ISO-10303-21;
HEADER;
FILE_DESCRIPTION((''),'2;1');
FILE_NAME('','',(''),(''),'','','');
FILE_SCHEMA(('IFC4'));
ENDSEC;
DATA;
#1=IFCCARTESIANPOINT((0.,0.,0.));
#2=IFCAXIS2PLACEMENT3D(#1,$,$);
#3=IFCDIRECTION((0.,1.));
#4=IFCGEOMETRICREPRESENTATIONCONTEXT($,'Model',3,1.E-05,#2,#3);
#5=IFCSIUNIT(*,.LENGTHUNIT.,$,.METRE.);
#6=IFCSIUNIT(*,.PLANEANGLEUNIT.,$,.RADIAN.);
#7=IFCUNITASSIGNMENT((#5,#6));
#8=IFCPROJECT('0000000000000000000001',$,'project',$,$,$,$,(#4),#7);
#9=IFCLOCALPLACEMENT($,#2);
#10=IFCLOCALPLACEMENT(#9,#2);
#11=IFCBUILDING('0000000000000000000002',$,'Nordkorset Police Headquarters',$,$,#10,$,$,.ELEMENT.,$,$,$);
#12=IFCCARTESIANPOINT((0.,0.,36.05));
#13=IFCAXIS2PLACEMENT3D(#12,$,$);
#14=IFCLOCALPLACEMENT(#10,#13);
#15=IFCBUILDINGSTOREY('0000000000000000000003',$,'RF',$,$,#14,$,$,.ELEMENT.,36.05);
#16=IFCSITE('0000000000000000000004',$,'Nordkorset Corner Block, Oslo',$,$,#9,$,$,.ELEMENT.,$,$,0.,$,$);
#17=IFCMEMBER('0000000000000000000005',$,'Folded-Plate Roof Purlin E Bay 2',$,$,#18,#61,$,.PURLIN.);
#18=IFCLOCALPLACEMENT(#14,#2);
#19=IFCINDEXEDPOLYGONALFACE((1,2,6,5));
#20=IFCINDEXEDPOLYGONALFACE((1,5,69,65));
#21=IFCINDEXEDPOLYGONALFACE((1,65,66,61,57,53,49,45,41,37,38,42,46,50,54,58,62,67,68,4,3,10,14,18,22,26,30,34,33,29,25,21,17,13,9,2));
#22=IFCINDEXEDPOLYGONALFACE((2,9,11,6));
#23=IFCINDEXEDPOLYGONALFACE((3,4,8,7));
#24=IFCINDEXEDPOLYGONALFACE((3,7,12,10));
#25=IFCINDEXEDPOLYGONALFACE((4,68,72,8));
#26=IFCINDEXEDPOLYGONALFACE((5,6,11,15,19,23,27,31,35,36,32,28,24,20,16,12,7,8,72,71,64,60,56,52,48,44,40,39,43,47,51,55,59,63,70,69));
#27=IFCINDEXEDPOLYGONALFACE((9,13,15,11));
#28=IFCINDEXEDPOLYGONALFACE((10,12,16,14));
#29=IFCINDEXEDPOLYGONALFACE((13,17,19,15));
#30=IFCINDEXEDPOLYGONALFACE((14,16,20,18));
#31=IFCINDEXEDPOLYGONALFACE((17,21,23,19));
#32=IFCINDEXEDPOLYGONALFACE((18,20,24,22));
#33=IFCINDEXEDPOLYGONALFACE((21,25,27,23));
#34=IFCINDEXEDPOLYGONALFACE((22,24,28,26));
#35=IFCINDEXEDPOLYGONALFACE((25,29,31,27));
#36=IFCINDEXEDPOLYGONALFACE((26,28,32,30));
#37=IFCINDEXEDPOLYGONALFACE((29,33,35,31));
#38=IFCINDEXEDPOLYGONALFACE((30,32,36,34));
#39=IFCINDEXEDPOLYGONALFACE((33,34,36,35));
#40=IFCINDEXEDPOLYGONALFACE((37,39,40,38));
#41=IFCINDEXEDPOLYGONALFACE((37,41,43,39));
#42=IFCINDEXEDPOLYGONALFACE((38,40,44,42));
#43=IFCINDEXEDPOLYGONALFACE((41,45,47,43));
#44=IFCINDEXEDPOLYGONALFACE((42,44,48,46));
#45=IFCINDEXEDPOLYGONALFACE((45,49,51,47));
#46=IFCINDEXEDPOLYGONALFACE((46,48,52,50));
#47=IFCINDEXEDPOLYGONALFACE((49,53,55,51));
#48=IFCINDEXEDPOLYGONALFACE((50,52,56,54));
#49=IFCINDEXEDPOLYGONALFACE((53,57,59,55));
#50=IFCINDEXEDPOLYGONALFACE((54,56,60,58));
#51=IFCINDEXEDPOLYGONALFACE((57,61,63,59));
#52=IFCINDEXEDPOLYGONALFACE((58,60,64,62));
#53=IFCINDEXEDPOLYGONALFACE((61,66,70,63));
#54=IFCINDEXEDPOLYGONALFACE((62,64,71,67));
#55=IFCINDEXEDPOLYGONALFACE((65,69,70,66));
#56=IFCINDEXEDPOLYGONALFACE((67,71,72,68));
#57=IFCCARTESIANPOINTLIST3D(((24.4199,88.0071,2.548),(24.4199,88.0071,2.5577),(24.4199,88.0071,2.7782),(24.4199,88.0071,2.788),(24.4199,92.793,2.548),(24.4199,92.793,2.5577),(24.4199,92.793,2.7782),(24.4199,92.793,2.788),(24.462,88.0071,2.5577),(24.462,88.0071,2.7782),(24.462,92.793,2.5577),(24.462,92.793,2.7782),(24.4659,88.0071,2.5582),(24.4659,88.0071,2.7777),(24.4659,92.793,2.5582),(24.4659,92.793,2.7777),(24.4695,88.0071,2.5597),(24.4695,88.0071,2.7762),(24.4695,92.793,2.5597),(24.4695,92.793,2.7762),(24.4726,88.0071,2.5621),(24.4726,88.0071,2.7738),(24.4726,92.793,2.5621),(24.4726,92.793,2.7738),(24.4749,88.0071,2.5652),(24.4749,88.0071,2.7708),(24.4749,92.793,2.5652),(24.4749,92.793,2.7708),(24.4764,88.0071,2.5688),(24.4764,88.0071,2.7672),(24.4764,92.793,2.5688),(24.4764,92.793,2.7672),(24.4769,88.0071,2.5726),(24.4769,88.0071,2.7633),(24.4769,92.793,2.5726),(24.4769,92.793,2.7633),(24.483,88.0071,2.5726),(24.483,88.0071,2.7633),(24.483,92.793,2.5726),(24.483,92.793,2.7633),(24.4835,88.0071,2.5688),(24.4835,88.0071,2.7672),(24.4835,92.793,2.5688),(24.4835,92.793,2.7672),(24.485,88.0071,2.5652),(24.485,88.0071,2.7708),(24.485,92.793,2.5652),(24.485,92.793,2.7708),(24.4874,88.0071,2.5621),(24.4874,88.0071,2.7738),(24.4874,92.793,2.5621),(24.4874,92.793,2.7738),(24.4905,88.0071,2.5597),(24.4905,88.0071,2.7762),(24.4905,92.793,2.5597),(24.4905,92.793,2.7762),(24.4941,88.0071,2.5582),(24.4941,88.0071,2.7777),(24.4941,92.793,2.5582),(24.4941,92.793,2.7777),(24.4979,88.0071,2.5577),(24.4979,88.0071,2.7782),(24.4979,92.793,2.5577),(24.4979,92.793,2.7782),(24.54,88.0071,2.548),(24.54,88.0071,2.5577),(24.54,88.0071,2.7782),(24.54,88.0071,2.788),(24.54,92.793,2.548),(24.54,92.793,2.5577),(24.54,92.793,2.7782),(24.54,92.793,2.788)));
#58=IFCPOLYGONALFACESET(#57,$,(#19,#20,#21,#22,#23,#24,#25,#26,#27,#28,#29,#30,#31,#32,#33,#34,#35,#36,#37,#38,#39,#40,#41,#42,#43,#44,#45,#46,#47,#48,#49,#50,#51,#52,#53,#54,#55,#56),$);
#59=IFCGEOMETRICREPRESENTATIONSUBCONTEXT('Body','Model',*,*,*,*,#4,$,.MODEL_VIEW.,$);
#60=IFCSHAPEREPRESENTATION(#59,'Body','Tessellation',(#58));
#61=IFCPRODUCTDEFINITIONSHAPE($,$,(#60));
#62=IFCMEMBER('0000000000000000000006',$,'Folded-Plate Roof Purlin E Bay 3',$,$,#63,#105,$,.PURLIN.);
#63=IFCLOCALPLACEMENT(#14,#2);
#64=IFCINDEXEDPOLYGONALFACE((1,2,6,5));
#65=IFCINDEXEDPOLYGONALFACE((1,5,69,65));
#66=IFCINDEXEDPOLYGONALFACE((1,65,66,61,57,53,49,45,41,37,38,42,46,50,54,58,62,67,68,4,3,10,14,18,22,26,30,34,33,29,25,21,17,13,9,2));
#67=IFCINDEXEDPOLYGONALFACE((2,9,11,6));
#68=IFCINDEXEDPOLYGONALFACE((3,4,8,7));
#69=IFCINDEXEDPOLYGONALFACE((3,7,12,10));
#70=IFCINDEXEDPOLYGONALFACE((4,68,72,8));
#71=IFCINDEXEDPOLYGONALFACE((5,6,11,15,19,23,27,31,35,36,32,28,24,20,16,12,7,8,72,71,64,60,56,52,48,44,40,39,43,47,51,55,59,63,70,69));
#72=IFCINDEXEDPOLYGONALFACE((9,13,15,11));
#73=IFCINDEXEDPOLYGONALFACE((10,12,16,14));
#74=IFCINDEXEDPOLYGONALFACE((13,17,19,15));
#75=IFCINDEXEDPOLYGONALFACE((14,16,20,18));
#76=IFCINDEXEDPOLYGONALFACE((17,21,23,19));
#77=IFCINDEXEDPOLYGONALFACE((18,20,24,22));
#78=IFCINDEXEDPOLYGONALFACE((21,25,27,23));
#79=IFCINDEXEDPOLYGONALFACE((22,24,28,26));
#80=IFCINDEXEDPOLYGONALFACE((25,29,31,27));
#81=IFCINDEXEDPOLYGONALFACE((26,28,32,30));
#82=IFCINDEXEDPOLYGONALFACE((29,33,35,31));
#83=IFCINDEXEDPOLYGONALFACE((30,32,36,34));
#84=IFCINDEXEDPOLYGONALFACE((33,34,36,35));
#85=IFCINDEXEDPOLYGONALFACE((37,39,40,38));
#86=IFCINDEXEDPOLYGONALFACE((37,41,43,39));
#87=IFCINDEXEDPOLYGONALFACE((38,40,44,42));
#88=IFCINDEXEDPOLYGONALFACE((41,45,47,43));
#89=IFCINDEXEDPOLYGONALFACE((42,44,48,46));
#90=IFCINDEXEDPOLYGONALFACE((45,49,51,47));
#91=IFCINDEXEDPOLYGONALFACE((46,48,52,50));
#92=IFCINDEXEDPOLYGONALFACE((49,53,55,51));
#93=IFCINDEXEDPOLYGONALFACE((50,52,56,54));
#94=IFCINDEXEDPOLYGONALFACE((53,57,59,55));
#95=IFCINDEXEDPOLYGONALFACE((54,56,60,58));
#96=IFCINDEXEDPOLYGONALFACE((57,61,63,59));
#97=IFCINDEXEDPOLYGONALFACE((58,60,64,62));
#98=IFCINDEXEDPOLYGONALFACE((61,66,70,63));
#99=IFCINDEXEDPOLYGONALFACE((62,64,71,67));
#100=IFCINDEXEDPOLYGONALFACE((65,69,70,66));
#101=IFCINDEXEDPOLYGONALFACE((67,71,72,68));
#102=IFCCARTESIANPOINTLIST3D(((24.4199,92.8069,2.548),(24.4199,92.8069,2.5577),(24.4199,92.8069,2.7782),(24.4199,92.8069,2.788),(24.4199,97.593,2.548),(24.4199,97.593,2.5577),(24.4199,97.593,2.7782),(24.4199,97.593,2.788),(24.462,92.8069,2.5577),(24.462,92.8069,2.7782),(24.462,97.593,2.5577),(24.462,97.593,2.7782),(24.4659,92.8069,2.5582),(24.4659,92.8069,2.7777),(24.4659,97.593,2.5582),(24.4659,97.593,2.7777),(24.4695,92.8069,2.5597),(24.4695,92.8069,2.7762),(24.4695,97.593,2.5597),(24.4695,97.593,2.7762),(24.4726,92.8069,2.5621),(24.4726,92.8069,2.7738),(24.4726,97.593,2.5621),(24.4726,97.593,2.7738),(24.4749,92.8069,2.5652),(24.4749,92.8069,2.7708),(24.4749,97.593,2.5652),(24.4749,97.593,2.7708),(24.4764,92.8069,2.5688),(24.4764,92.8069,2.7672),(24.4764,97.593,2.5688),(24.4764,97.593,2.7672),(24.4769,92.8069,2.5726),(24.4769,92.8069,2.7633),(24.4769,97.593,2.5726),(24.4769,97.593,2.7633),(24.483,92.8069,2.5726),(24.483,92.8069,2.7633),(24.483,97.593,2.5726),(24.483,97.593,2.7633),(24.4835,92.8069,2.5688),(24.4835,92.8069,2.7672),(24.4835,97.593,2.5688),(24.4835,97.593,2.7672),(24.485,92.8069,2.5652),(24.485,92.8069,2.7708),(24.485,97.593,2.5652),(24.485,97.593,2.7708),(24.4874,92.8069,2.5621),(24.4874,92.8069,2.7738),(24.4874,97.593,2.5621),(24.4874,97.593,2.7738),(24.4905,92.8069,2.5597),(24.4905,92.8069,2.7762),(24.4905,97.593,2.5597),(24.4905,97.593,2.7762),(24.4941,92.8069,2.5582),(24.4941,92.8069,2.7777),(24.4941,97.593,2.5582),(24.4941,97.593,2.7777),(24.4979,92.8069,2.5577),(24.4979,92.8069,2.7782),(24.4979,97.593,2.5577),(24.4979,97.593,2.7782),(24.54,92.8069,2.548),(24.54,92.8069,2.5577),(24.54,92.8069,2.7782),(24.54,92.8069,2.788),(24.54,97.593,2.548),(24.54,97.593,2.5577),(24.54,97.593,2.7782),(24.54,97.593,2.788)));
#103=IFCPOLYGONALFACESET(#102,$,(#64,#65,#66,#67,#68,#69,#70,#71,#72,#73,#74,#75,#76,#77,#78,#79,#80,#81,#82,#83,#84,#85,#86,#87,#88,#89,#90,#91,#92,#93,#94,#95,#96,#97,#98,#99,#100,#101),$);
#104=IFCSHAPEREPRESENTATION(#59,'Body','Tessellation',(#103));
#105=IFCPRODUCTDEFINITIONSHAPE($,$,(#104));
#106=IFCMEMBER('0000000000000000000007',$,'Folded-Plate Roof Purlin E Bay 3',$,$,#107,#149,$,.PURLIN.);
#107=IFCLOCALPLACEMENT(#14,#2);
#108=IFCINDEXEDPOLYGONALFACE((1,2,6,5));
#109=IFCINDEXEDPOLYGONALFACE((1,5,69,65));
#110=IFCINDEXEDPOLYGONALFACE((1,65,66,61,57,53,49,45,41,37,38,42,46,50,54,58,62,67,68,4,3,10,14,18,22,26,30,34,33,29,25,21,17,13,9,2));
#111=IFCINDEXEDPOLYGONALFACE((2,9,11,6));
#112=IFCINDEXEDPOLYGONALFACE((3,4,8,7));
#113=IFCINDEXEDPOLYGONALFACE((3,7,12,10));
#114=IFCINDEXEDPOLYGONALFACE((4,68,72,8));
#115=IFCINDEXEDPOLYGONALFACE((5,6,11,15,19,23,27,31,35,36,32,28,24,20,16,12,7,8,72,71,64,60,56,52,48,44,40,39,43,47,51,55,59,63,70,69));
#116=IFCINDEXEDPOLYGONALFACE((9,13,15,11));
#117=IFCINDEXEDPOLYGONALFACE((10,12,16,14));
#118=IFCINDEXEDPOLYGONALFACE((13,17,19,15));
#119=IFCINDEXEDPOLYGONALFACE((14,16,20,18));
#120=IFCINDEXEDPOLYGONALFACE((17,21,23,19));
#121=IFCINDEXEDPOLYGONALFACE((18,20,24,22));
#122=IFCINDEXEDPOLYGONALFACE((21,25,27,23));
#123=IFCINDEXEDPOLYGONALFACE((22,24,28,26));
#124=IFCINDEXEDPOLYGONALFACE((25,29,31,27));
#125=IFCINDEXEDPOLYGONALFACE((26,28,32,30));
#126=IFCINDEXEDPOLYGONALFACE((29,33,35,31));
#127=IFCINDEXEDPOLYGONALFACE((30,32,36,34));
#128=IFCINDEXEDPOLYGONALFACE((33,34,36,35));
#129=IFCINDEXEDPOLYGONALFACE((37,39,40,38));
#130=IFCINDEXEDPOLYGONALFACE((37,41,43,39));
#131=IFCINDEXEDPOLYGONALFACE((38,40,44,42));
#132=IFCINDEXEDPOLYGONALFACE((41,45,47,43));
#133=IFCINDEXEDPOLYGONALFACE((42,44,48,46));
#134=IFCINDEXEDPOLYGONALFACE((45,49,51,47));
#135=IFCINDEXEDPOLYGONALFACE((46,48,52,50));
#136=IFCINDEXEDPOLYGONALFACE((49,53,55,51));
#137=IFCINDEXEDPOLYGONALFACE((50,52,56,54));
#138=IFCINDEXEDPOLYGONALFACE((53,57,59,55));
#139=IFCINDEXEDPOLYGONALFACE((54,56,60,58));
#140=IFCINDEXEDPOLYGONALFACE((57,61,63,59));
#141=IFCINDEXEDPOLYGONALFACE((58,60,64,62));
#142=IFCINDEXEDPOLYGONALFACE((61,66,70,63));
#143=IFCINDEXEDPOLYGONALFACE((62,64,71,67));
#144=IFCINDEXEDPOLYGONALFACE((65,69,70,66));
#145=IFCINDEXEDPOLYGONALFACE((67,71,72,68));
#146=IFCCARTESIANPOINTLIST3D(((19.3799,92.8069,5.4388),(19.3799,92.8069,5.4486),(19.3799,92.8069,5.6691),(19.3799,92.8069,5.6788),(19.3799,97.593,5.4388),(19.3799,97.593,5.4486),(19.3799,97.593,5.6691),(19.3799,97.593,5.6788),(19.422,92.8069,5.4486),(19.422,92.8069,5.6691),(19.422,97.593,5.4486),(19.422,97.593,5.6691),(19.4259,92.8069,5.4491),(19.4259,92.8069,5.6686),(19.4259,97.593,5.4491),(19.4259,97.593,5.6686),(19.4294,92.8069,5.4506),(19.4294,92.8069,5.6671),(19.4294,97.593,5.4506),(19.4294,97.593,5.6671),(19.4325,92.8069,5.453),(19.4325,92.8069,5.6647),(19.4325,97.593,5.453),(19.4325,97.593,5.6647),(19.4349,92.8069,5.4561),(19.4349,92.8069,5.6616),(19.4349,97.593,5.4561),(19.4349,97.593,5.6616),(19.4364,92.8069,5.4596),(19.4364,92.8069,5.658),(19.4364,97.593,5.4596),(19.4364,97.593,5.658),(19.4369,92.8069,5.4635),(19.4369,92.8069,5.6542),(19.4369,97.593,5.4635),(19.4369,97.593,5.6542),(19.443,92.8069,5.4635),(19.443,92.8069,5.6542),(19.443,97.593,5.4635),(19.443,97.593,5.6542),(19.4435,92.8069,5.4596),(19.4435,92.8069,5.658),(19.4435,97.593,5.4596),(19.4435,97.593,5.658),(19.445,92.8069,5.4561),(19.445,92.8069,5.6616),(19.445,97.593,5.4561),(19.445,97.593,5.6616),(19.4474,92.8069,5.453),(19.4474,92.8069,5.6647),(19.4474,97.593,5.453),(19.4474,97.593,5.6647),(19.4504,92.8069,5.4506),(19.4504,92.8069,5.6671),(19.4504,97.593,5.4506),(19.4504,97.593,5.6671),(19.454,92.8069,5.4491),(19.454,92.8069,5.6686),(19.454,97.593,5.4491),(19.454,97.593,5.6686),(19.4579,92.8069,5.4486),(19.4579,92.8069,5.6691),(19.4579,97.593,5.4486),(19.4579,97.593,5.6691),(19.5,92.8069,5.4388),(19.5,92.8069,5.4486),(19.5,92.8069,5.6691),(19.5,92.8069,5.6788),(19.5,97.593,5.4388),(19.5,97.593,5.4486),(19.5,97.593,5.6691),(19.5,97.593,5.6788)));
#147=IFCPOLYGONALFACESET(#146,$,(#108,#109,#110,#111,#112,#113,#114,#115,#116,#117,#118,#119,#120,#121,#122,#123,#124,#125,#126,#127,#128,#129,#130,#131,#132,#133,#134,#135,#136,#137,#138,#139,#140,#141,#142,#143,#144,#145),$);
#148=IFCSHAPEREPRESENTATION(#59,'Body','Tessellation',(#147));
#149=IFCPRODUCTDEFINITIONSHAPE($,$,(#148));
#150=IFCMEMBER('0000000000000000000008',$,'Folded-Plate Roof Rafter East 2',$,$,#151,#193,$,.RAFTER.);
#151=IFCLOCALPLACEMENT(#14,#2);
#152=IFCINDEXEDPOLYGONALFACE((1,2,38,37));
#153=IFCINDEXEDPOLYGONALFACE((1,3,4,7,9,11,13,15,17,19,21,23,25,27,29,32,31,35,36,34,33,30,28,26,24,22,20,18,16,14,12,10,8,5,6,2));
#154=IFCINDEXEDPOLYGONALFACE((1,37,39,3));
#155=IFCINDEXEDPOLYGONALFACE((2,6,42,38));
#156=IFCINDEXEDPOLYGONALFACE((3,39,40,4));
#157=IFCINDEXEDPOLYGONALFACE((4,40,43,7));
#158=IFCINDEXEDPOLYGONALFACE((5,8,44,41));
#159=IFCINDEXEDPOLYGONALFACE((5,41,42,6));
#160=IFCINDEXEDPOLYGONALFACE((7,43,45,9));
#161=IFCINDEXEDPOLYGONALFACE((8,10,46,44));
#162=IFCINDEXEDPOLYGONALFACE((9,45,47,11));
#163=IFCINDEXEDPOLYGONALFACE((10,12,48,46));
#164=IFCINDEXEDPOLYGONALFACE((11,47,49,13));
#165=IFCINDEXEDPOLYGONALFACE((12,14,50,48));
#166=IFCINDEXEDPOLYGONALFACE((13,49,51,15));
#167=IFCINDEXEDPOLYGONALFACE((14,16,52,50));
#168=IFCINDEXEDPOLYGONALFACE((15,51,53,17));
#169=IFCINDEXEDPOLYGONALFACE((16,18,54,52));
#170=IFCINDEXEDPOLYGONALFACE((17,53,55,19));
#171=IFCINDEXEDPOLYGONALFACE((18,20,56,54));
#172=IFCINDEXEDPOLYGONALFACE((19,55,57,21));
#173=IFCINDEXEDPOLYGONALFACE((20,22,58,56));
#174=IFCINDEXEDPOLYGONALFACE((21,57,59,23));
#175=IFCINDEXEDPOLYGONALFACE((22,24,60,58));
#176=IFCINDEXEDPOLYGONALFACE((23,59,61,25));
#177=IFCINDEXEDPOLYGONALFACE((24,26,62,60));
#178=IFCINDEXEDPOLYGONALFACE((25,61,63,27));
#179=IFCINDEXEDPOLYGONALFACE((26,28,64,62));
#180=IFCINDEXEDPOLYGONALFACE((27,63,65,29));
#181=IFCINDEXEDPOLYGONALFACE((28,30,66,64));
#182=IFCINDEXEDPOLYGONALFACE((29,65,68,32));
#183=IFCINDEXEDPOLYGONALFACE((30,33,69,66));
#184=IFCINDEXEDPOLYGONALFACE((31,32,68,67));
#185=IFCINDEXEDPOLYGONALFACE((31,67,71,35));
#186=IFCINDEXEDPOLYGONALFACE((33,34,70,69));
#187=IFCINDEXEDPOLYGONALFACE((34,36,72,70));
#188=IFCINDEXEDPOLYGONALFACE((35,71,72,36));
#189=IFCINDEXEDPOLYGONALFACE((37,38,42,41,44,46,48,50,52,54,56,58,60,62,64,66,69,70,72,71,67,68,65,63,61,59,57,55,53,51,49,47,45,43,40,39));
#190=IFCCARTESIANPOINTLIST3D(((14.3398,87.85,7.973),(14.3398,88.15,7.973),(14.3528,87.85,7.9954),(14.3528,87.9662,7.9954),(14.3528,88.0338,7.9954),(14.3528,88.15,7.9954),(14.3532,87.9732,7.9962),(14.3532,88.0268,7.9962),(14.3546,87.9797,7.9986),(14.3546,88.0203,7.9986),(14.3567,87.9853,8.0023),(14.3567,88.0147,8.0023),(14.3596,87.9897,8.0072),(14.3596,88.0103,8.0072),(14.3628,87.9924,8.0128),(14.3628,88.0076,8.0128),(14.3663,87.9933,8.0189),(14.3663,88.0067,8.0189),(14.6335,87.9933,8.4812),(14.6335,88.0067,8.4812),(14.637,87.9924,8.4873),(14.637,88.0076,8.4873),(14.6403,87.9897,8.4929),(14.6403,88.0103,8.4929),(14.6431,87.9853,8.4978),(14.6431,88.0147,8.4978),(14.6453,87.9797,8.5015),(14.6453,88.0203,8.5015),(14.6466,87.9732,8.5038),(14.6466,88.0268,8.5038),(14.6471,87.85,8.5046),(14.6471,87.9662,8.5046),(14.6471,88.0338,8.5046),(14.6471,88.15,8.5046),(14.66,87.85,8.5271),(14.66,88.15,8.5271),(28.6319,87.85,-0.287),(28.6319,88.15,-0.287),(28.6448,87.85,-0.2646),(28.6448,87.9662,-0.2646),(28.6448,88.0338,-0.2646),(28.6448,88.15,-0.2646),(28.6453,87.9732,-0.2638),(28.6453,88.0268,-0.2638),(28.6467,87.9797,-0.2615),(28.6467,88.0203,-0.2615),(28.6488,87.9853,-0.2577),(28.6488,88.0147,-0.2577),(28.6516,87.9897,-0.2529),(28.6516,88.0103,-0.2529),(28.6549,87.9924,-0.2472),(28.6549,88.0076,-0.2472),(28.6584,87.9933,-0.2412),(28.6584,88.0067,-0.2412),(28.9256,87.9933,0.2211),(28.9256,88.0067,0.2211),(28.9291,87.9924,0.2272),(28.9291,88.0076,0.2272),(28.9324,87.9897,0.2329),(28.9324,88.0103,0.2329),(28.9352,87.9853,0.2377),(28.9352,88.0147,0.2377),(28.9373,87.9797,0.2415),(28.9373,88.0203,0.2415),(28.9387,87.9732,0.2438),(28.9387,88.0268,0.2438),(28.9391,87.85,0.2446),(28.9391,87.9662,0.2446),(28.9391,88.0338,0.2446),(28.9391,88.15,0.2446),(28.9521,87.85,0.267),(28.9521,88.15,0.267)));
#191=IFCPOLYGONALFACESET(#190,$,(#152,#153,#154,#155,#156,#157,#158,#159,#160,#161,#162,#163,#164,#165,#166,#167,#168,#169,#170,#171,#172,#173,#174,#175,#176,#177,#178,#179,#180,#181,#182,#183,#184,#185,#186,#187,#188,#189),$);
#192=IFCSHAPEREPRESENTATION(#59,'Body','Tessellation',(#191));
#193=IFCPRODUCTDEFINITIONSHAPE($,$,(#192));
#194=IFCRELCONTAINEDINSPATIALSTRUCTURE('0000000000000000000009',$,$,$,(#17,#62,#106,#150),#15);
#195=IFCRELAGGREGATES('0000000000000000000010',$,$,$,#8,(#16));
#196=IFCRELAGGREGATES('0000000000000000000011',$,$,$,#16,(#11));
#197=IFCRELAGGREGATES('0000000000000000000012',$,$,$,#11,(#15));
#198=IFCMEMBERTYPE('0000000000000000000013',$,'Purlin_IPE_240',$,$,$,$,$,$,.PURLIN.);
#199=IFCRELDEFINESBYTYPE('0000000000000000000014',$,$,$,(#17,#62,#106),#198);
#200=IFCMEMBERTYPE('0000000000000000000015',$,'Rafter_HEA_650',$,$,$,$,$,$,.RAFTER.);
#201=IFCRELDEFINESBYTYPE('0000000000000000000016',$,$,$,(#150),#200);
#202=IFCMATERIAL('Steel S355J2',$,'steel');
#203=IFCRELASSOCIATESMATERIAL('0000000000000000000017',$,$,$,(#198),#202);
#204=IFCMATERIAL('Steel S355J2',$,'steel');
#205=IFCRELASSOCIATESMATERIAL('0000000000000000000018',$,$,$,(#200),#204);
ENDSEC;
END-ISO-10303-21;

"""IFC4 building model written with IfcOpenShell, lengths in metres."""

from ifc_helpers import new_model, si_unit, direction, frame, origin, origin_2d, place, context, subcontext, project, spatial, i_section, extrude, material, material_profile, profile_set, type_object, element, save


model = new_model("IFC4")

# Units and contexts
model_context = context("Model", 3, precision=1e-05, world=origin(), true_north=direction((0.0, 1.0)))
body_context = subcontext(model_context, "Body", "Model", "MODEL_VIEW")
ifc_project = project(units=[si_unit("LENGTHUNIT", "METRE"), si_unit("PLANEANGLEUNIT", "RADIAN")], contexts=[model_context])

# Site, building, storey
site_placement = place(None, origin())
site = spatial("IfcSite", under=ifc_project, at=site_placement, Name="Nordkorset Corner Block, Oslo", CompositionType="ELEMENT", RefElevation=0.0)
building_placement = place(site_placement, origin())
building = spatial("IfcBuilding", under=site, at=building_placement, Name="Nordkorset Police Headquarters", CompositionType="ELEMENT")
storey_placement = place(building_placement, frame((0.0, 0.0, 36.05)))
storey = spatial("IfcBuildingStorey", under=building, at=storey_placement, Name="RF", CompositionType="ELEMENT", Elevation=36.05)

# Members
ifc_material_1 = material(Name="Steel S355J2", Category="steel")
ifc_material_profile_1 = material_profile(ifc_material_1, i_section(OverallWidth=0.1201, OverallDepth=0.24, WebThickness=0.0061, FlangeThickness=0.0098, FilletRadius=0.0149, at=origin_2d()), Name="IPE 240")
ifc_profile_set_1 = profile_set([ifc_material_profile_1], Name="Steel S355J2")
member_type_1 = type_object("IfcMemberType", Name="Purlin_IPE_240", PredefinedType="PURLIN", material=ifc_profile_set_1)
for number, where, z_axis, x_axis, name in (
    (1, (24.48, 88.0071, 2.668), (0.0, 1.0, 0.0), (-1.0, 0.0, 0.0), "Folded-Plate Roof Purlin E Bay 2"),
):
    element("IfcMember", number, at=place(storey_placement, frame(where, z_axis=z_axis, x_axis=x_axis)), inside=storey, type_object=member_type_1, Name=name, PredefinedType="PURLIN", context=body_context, shape_type="SweptSolid", body=[
        extrude(i_section(OverallWidth=0.1201, OverallDepth=0.24, WebThickness=0.0061, FlangeThickness=0.0098, FilletRadius=0.0149, at=origin_2d()), origin(), (0.0, 0.0, 1.0), 4.7859),
    ])
for number, where, z_axis, x_axis, name in (
    (2, (24.48, 92.8069, 2.668), (0.0, 1.0, 0.0), (-1.0, 0.0, 0.0), "Folded-Plate Roof Purlin E Bay 3"),
    (3, (19.4399, 92.8069, 5.5588), (0.0, 1.0, 0.0), (-1.0, 0.0, 0.0), "Folded-Plate Roof Purlin E Bay 3"),
):
    element("IfcMember", number, at=place(storey_placement, frame(where, z_axis=z_axis, x_axis=x_axis)), inside=storey, type_object=member_type_1, Name=name, PredefinedType="PURLIN", context=body_context, shape_type="SweptSolid", body=[
        extrude(i_section(OverallWidth=0.1201, OverallDepth=0.24, WebThickness=0.0061, FlangeThickness=0.0098, FilletRadius=0.0149, at=origin_2d()), origin(), (0.0, 0.0, 1.0), 4.7861),
    ])
ifc_material_2 = material(Name="Steel S355J2", Category="steel")
ifc_material_profile_2 = material_profile(ifc_material_2, i_section(OverallWidth=0.3, OverallDepth=0.6399, WebThickness=0.0134, FlangeThickness=0.0259, FilletRadius=0.0271, at=origin_2d()), Name="HEA 650")
ifc_profile_set_2 = profile_set([ifc_material_profile_2], Name="Steel S355J2")
member_type_2 = type_object("IfcMemberType", Name="Rafter_HEA_650", PredefinedType="RAFTER", material=ifc_profile_set_2)
for number, where, z_axis, x_axis, name in (
    (4, (28.792, 88.0, -0.01), (-0.865802, 0.0, 0.500387), (0.0, -1.0, 0.0), "Folded-Plate Roof Rafter East 2"),
):
    element("IfcMember", number, at=place(storey_placement, frame(where, z_axis=z_axis, x_axis=x_axis)), inside=storey, type_object=member_type_2, Name=name, PredefinedType="RAFTER", context=body_context, shape_type="SweptSolid", body=[
        extrude(i_section(OverallWidth=0.3, OverallDepth=0.6399, WebThickness=0.0134, FlangeThickness=0.0259, FilletRadius=0.0271, at=origin_2d()), origin(), (0.0, 0.0, 1.0), 16.5073),
    ])

save(model, "model.ifc")
